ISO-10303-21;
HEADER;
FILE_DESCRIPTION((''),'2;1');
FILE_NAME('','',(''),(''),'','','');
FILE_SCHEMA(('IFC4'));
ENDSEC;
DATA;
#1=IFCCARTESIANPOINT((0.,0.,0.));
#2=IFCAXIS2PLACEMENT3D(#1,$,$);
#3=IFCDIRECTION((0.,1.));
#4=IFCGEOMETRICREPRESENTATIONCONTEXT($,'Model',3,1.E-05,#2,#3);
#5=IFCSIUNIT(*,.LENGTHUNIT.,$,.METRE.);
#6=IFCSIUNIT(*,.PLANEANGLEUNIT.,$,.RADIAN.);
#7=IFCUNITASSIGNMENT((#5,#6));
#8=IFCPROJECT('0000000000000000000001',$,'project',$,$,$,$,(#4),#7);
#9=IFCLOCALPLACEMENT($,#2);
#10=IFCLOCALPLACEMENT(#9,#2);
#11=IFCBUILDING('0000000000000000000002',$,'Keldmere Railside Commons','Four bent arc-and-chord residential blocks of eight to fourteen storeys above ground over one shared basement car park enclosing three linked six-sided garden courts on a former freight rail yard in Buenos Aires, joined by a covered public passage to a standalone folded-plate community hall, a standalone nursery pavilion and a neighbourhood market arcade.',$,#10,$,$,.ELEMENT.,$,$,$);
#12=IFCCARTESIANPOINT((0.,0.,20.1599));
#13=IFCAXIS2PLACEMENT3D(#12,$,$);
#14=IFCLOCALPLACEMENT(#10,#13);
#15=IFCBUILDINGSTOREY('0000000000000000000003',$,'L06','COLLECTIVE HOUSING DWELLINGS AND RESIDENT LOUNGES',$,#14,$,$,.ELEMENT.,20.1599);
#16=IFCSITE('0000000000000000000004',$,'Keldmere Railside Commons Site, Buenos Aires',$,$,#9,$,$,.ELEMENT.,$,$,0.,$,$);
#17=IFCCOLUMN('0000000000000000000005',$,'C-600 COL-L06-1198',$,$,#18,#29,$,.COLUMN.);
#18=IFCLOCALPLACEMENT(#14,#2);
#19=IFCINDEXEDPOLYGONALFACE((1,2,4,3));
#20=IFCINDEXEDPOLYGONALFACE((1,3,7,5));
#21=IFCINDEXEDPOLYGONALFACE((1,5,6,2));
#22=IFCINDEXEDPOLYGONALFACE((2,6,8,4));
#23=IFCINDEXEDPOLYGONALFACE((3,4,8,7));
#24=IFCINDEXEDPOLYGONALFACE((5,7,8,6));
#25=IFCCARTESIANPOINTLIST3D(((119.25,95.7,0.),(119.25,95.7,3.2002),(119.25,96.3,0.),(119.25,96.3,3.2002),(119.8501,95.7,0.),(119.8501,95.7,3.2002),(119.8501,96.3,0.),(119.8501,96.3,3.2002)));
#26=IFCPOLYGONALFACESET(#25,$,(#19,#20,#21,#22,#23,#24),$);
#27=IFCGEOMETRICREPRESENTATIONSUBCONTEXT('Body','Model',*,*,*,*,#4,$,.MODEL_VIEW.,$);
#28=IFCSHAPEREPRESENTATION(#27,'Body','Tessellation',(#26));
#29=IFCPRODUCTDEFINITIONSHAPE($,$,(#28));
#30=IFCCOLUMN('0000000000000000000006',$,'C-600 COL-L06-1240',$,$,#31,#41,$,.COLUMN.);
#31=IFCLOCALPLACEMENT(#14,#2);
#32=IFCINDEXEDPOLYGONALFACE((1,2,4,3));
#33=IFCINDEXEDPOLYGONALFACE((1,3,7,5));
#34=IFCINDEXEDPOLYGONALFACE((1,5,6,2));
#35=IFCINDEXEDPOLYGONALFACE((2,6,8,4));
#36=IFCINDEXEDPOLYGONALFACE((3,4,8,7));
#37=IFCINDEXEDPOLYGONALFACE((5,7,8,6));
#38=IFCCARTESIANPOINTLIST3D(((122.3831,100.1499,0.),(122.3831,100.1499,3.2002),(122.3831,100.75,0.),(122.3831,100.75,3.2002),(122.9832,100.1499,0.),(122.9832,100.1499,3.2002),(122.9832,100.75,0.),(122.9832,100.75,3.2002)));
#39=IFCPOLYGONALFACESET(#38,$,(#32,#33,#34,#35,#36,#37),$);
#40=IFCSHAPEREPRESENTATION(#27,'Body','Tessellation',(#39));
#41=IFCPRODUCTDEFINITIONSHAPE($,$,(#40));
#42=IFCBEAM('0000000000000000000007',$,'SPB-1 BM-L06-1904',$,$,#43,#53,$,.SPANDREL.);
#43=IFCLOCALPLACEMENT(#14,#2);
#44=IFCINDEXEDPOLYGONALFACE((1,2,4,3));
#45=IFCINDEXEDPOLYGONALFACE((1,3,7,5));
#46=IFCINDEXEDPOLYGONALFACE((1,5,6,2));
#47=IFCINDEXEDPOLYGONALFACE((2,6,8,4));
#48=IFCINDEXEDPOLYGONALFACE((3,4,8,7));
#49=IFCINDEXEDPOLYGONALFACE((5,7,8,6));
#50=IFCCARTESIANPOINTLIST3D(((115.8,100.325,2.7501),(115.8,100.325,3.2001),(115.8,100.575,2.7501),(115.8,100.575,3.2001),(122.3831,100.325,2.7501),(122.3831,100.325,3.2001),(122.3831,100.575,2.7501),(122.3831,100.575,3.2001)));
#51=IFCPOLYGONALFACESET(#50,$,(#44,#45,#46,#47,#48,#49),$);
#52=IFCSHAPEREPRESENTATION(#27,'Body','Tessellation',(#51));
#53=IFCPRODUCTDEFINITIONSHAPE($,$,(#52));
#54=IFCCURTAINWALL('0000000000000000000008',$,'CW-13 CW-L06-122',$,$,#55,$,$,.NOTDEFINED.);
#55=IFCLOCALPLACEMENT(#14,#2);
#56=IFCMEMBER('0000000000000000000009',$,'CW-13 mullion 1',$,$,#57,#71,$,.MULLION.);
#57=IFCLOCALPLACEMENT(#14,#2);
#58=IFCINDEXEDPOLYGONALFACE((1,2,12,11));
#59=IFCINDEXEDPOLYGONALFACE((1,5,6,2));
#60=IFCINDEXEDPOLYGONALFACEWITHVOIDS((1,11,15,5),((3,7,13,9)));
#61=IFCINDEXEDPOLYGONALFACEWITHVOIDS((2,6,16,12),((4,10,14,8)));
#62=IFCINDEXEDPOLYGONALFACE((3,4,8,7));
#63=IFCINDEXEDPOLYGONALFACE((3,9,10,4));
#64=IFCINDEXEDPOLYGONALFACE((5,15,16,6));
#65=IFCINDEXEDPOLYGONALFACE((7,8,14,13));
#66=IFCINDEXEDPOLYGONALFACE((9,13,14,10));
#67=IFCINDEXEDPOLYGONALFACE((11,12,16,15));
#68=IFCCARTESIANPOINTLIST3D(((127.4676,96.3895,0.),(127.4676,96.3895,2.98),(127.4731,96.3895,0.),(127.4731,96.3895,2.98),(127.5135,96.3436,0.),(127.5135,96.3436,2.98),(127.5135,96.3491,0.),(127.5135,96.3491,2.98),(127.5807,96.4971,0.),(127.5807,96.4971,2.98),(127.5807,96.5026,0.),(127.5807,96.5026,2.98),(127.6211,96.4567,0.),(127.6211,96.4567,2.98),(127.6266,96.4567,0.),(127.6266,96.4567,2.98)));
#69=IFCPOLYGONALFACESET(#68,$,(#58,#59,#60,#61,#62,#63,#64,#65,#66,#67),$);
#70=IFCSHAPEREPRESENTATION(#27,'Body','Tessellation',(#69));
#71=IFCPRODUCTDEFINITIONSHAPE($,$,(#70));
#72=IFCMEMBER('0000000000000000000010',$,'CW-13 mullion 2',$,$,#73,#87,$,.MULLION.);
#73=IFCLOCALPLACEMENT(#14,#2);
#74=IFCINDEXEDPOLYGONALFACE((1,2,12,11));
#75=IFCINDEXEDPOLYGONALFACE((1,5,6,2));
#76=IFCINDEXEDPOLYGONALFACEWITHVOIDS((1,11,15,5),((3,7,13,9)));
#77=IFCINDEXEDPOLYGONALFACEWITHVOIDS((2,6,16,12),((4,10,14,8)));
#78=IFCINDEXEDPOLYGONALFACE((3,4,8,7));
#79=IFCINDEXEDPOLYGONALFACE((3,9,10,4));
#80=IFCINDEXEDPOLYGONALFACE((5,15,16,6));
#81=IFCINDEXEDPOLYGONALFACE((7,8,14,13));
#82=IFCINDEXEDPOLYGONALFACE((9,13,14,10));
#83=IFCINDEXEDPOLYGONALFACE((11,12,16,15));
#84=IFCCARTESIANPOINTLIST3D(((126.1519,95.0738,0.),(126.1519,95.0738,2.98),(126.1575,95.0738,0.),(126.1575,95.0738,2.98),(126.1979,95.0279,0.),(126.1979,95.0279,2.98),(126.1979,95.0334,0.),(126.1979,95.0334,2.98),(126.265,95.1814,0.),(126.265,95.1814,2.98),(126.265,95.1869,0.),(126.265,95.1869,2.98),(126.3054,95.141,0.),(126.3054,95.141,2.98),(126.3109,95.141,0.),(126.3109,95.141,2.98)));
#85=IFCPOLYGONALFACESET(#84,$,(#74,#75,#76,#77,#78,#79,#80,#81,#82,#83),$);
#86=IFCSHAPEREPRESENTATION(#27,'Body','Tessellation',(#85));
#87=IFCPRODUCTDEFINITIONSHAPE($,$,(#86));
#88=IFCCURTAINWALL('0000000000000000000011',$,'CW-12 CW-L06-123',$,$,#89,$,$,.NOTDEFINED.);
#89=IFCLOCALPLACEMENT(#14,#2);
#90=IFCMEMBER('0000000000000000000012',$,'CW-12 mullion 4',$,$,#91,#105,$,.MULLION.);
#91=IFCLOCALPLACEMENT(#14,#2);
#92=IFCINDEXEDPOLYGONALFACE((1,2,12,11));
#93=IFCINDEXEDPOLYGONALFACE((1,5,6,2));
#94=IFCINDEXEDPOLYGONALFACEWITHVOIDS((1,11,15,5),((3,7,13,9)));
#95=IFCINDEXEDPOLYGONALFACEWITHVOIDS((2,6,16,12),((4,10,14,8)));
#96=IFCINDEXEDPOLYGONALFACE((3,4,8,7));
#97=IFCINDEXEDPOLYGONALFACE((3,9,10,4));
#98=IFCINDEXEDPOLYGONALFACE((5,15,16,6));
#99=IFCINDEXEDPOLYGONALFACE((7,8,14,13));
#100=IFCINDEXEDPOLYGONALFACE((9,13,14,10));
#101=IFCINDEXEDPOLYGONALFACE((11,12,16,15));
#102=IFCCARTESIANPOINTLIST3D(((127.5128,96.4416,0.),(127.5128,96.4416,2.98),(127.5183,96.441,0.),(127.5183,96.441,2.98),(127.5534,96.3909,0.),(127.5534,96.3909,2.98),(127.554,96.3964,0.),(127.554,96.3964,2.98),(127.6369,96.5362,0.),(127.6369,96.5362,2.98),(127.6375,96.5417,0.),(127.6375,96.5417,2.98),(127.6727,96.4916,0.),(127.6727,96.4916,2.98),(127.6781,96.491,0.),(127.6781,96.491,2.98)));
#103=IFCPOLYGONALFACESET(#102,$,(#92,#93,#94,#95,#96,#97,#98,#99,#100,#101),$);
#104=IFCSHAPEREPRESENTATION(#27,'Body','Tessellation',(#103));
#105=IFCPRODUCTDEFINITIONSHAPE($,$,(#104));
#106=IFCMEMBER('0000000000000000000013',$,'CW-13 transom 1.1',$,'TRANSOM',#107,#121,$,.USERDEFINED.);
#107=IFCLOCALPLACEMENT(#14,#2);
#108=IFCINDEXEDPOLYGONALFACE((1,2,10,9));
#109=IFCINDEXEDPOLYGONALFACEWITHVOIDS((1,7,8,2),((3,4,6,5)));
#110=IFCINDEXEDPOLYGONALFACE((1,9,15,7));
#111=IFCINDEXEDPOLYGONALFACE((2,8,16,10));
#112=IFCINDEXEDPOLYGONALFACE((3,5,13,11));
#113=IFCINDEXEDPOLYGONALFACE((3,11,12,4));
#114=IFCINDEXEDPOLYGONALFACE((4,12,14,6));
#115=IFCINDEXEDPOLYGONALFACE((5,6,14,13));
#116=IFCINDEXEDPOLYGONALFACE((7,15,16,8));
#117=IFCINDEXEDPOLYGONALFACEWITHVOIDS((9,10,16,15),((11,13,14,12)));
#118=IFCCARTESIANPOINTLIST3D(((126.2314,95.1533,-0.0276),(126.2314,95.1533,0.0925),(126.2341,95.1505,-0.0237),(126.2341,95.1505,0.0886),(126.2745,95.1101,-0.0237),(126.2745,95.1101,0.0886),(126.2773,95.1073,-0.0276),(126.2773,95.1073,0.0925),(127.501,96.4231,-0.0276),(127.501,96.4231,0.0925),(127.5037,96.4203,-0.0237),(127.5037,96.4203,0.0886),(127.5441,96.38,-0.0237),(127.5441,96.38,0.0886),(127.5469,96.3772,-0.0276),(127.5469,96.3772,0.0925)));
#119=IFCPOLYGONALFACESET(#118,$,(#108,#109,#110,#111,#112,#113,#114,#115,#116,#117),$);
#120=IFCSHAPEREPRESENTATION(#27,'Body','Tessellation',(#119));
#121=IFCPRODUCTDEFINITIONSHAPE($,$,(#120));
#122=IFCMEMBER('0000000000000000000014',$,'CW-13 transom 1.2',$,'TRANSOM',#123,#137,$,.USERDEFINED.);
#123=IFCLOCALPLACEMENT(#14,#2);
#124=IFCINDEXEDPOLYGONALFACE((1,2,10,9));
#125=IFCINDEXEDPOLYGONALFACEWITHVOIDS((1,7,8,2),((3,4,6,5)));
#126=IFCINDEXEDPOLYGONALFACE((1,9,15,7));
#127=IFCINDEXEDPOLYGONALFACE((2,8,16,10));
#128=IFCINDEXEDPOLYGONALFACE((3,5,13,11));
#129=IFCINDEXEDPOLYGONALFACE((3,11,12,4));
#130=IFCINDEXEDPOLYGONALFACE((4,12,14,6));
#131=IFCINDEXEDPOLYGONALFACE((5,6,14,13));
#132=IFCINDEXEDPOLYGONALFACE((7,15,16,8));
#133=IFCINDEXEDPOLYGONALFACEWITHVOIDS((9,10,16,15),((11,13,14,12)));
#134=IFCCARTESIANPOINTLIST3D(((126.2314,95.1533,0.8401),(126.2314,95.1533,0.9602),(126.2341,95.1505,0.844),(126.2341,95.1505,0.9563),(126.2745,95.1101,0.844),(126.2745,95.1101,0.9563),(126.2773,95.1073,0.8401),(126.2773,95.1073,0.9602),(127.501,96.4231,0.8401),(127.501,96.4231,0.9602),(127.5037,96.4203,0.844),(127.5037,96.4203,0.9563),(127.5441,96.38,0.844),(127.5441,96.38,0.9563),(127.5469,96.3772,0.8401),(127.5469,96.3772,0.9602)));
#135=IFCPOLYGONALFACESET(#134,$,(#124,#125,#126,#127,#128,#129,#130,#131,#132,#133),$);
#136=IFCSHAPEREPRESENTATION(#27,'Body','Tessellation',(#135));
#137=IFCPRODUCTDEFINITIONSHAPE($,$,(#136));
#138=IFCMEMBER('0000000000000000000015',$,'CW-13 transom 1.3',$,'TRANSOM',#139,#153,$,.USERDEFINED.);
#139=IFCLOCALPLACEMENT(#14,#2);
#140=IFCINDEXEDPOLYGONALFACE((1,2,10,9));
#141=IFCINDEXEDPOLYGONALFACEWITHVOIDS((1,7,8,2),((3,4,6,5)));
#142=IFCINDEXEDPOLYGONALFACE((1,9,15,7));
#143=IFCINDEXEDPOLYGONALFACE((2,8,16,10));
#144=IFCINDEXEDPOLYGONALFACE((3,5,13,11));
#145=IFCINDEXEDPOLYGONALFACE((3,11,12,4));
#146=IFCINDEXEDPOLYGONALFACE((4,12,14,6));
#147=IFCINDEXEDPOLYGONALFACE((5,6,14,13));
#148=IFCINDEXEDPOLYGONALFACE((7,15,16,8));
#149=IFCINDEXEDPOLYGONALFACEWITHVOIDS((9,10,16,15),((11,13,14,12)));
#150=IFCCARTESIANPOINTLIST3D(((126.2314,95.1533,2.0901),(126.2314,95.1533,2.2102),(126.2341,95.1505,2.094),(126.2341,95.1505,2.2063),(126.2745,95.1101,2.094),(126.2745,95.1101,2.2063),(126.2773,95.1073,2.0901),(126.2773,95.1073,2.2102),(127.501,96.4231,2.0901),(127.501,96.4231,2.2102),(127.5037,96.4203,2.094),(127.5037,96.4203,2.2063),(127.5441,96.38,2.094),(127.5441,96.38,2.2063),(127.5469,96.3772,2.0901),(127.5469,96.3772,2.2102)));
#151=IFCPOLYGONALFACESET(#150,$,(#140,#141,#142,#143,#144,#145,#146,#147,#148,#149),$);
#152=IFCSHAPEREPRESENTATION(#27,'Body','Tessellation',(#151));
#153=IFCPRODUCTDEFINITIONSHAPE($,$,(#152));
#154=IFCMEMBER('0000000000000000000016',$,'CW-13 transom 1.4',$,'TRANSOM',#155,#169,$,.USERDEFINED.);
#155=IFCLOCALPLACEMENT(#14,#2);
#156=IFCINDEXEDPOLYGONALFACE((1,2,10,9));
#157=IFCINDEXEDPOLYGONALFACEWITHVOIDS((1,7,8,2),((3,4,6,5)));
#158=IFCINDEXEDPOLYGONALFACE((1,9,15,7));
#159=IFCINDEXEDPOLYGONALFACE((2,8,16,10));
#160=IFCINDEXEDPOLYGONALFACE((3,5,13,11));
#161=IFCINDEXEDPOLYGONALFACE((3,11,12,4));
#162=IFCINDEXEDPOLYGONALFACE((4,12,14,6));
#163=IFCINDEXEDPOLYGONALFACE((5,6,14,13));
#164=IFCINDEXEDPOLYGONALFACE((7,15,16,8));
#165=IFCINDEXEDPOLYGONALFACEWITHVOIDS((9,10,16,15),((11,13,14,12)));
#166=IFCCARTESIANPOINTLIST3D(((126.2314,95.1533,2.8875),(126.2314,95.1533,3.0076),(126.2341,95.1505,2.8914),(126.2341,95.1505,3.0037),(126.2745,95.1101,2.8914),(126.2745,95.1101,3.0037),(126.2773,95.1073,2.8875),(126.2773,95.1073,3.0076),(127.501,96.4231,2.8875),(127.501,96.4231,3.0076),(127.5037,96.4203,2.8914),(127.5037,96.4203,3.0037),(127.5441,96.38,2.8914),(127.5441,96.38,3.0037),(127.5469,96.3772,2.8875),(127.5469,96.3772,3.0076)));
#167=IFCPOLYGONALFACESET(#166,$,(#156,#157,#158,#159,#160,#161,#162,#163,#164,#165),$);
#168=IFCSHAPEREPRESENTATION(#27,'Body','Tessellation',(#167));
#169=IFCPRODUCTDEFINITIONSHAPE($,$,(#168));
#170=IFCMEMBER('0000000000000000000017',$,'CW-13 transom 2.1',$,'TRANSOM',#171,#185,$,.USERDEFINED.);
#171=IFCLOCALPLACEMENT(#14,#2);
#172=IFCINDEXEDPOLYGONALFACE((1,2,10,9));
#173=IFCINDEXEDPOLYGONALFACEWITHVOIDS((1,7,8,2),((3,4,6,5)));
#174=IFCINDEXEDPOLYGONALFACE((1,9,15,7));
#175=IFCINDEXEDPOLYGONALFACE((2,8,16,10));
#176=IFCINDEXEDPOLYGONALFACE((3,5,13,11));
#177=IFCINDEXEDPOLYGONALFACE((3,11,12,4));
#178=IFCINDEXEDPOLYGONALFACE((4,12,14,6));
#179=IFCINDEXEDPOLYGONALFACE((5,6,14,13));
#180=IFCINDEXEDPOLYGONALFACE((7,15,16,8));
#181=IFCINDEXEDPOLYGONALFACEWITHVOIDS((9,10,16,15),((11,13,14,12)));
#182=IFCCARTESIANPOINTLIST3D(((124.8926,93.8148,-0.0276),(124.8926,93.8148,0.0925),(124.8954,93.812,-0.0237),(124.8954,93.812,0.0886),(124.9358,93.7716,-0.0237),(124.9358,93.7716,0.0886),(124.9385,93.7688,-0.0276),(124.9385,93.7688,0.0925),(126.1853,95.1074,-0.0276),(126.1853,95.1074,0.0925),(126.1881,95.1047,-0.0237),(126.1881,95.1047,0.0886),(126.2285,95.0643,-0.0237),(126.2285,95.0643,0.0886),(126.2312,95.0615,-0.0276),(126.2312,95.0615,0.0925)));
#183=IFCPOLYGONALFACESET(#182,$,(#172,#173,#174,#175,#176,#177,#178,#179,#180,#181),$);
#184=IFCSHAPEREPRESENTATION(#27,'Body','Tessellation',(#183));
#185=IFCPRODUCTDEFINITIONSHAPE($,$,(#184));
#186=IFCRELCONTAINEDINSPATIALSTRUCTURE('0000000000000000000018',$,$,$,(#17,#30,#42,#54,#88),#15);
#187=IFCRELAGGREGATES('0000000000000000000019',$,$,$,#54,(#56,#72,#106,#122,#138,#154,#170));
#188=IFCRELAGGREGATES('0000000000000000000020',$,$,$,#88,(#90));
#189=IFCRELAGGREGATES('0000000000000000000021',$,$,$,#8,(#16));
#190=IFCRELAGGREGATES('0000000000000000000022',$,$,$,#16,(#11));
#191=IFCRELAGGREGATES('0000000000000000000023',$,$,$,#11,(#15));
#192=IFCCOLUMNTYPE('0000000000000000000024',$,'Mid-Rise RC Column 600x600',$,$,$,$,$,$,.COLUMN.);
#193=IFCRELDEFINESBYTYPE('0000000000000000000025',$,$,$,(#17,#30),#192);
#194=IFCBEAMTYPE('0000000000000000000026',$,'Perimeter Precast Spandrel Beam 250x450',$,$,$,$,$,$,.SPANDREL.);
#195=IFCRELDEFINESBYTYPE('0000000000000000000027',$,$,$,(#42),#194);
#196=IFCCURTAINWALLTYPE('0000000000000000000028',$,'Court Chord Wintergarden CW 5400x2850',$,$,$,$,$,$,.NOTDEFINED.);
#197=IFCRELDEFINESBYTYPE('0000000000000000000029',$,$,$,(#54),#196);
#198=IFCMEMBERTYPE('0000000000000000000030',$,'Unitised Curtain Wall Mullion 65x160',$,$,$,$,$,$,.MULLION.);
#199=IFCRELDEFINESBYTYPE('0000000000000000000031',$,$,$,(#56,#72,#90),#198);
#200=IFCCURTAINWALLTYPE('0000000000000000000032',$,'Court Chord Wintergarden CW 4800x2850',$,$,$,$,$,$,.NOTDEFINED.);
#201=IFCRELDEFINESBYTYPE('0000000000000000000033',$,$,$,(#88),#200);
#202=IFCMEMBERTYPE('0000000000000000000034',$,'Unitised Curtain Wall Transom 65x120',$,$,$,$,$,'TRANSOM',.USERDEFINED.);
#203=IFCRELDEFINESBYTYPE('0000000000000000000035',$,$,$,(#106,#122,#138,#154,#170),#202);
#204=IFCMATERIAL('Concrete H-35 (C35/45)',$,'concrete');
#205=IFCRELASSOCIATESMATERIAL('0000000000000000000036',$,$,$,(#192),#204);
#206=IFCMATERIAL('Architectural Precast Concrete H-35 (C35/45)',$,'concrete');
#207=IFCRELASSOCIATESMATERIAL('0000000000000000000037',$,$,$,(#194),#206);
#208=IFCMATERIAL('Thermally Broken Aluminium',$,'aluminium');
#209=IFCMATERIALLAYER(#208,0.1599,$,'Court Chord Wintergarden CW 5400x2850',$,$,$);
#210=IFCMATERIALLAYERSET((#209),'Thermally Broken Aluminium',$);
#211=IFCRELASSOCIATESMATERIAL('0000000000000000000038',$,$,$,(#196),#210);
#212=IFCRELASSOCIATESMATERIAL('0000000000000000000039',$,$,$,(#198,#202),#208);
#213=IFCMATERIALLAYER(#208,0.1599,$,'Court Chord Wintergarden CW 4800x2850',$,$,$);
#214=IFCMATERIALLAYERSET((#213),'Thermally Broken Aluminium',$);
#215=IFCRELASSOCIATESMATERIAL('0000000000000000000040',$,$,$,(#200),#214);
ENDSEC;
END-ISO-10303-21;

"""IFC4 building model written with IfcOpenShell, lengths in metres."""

from ifc_helpers import new_model, si_unit, direction, frame, origin, origin_2d, place, context, subcontext, project, spatial, rectangle, hollow_rectangle, extrude, material, layer, layer_set, material_profile, profile_set, type_object, element, aggregate, save


model = new_model("IFC4")

# Units and contexts
model_context = context("Model", 3, precision=1e-05, world=origin(), true_north=direction((0.0, 1.0)))
body_context = subcontext(model_context, "Body", "Model", "MODEL_VIEW")
ifc_project = project(units=[si_unit("LENGTHUNIT", "METRE"), si_unit("PLANEANGLEUNIT", "RADIAN")], contexts=[model_context])

# Site, building, storey
site_placement = place(None, origin())
site = spatial("IfcSite", under=ifc_project, at=site_placement, Name="Keldmere Railside Commons Site, Buenos Aires", CompositionType="ELEMENT", RefElevation=0.0)
building_placement = place(site_placement, origin())
building = spatial("IfcBuilding", under=site, at=building_placement, Name="Keldmere Railside Commons", Description="Four bent arc-and-chord residential blocks of eight to fourteen storeys above ground over one shared basement car park enclosing three linked six-sided garden courts on a former freight rail yard in Buenos Aires, joined by a covered public passage to a standalone folded-plate community hall, a standalone nursery pavilion and a neighbourhood market arcade.", CompositionType="ELEMENT")
storey_placement = place(building_placement, frame((0.0, 0.0, 20.1599)))
storey = spatial("IfcBuildingStorey", under=building, at=storey_placement, Name="L06", Description="COLLECTIVE HOUSING DWELLINGS AND RESIDENT LOUNGES", CompositionType="ELEMENT", Elevation=20.1599)

# Columns
ifc_material_1 = material(Name="Concrete H-35 (C35/45)", Category="concrete")
ifc_material_profile_1 = material_profile(ifc_material_1, rectangle(XDim=0.6001, YDim=0.6001, at=origin_2d()), Name="RC-600x600")
ifc_profile_set_1 = profile_set([ifc_material_profile_1], Name="Concrete H-35 (C35/45)")
column_type = type_object("IfcColumnType", Name="Mid-Rise RC Column 600x600", PredefinedType="COLUMN", material=ifc_profile_set_1)
for number, where, z_axis, x_axis, name in (
    (1, (119.55, 96.0, 0.0), (0.0, 0.0, 1.0), (1.0, 0.0, 0.0), "C-600 COL-L06-1198"),
    (2, (122.6831, 100.45, 0.0), (0.0, 0.0, 1.0), (1.0, 0.0, 0.0), "C-600 COL-L06-1240"),
):
    element("IfcColumn", number, at=place(storey_placement, frame(where, z_axis=z_axis, x_axis=x_axis)), inside=storey, type_object=column_type, Name=name, PredefinedType="COLUMN", context=body_context, shape_type="SweptSolid", body=[
        extrude(rectangle(XDim=0.6001, YDim=0.6001, at=origin_2d()), origin(), (0.0, 0.0, 1.0), 3.2002),
    ])

# Beam
ifc_material_2 = material(Name="Architectural Precast Concrete H-35 (C35/45)", Category="concrete")
ifc_material_profile_2 = material_profile(ifc_material_2, rectangle(XDim=0.25, YDim=0.45, at=origin_2d()), Name="RC-250x450")
ifc_profile_set_2 = profile_set([ifc_material_profile_2], Name="Architectural Precast Concrete H-35 (C35/45)")
beam_type = type_object("IfcBeamType", Name="Perimeter Precast Spandrel Beam 250x450", PredefinedType="SPANDREL", material=ifc_profile_set_2)
beam_placement = place(storey_placement, frame((115.8, 100.45, 2.9751), z_axis=(1.0, 0.0, 0.0), x_axis=(0.0, 1.0, 0.0)))
element("IfcBeam", 3, at=beam_placement, inside=storey, type_object=beam_type, Name="SPB-1 BM-L06-1904", PredefinedType="SPANDREL", context=body_context, shape_type="SweptSolid", body=[
    extrude(rectangle(XDim=0.25, YDim=0.45, at=origin_2d()), origin(), (0.0, 0.0, 1.0), 6.583),
])

# Curtain wall, members
ifc_material_3 = material(Name="Thermally Broken Aluminium", Category="aluminium")
ifc_layer_1 = layer(ifc_material_3, 0.1599, Name="Court Chord Wintergarden CW 5400x2850")
ifc_layer_set_1 = layer_set([ifc_layer_1], Name="Thermally Broken Aluminium")
curtain_wall_type_1 = type_object("IfcCurtainWallType", Name="Court Chord Wintergarden CW 5400x2850", PredefinedType="NOTDEFINED", material=ifc_layer_set_1)
curtain_wall_1_placement = place(storey_placement, origin())
curtain_wall_1 = element("IfcCurtainWall", 4, at=curtain_wall_1_placement, inside=storey, type_object=curtain_wall_type_1, Name="CW-13 CW-L06-122", PredefinedType="NOTDEFINED")
ifc_material_profile_3 = material_profile(ifc_material_3, hollow_rectangle(XDim=0.0649, YDim=0.1599, WallThickness=0.0039, at=origin_2d()), Name="ALU-MULL-65x160")
ifc_profile_set_3 = profile_set([ifc_material_profile_3], Name="Thermally Broken Aluminium")
member_type_1 = type_object("IfcMemberType", Name="Unitised Curtain Wall Mullion 65x160", PredefinedType="MULLION", material=ifc_profile_set_3)
member_1_placement = place(storey_placement, frame((127.5471, 96.4231, 0.0), z_axis=(0.0, 0.0, 1.0), x_axis=(0.707107, -0.707107, 0.0)))
member_1 = element("IfcMember", 5, at=member_1_placement, type_object=member_type_1, Name="CW-13 mullion 1", PredefinedType="MULLION", context=body_context, shape_type="SweptSolid", body=[
    extrude(hollow_rectangle(XDim=0.0649, YDim=0.1599, WallThickness=0.0039, at=origin_2d()), origin(), (0.0, 0.0, 1.0), 2.98),
])
member_2_placement = place(storey_placement, frame((126.2314, 95.1074, 0.0), z_axis=(0.0, 0.0, 1.0), x_axis=(0.707107, -0.707107, 0.0)))
member_2 = element("IfcMember", 6, at=member_2_placement, type_object=member_type_1, Name="CW-13 mullion 2", PredefinedType="MULLION", context=body_context, shape_type="SweptSolid", body=[
    extrude(hollow_rectangle(XDim=0.0649, YDim=0.1599, WallThickness=0.0039, at=origin_2d()), origin(), (0.0, 0.0, 1.0), 2.98),
])

# Curtain wall, member
ifc_layer_2 = layer(ifc_material_3, 0.1599, Name="Court Chord Wintergarden CW 4800x2850")
ifc_layer_set_2 = layer_set([ifc_layer_2], Name="Thermally Broken Aluminium")
curtain_wall_type_2 = type_object("IfcCurtainWallType", Name="Court Chord Wintergarden CW 4800x2850", PredefinedType="NOTDEFINED", material=ifc_layer_set_2)
curtain_wall_2_placement = place(storey_placement, origin())
curtain_wall_2 = element("IfcCurtainWall", 7, at=curtain_wall_2_placement, inside=storey, type_object=curtain_wall_type_2, Name="CW-12 CW-L06-123", PredefinedType="NOTDEFINED")
member_3_placement = place(storey_placement, frame((127.5955, 96.4663, 0.0), z_axis=(0.0, 0.0, 1.0), x_axis=(0.625768, -0.780009, 0.0)))
member_3 = element("IfcMember", 8, at=member_3_placement, type_object=member_type_1, Name="CW-12 mullion 4", PredefinedType="MULLION", context=body_context, shape_type="SweptSolid", body=[
    extrude(hollow_rectangle(XDim=0.0649, YDim=0.1599, WallThickness=0.0039, at=origin_2d()), origin(), (0.0, 0.0, 1.0), 2.98),
])

# Members
ifc_material_profile_4 = material_profile(ifc_material_3, hollow_rectangle(XDim=0.0649, YDim=0.1201, WallThickness=0.0039, at=origin_2d()), Name="ALU-TRAN-65x120")
ifc_profile_set_4 = profile_set([ifc_material_profile_4], Name="Thermally Broken Aluminium")
member_type_2 = type_object("IfcMemberType", Name="Unitised Curtain Wall Transom 65x120", ElementType="TRANSOM", PredefinedType="USERDEFINED", material=ifc_profile_set_4)
member_4_placement = place(storey_placement, frame((127.5239, 96.4001, 0.0325), z_axis=(-0.707039, -0.707175, 0.0), x_axis=(0.707175, -0.707039, 0.0)))
member_4 = element("IfcMember", 9, at=member_4_placement, type_object=member_type_2, Name="CW-13 transom 1.1", ObjectType="TRANSOM", PredefinedType="USERDEFINED", context=body_context, shape_type="SweptSolid", body=[
    extrude(hollow_rectangle(XDim=0.0649, YDim=0.1201, WallThickness=0.0039, at=origin_2d()), origin(), (0.0, 0.0, 1.0), 1.7957),
])
member_5_placement = place(storey_placement, frame((127.5239, 96.4001, 0.9001), z_axis=(-0.707039, -0.707175, 0.0), x_axis=(0.707175, -0.707039, 0.0)))
member_5 = element("IfcMember", 10, at=member_5_placement, type_object=member_type_2, Name="CW-13 transom 1.2", ObjectType="TRANSOM", PredefinedType="USERDEFINED", context=body_context, shape_type="SweptSolid", body=[
    extrude(hollow_rectangle(XDim=0.0649, YDim=0.1201, WallThickness=0.0039, at=origin_2d()), origin(), (0.0, 0.0, 1.0), 1.7957),
])
member_6_placement = place(storey_placement, frame((127.5239, 96.4001, 2.1501), z_axis=(-0.707039, -0.707175, 0.0), x_axis=(0.707175, -0.707039, 0.0)))
member_6 = element("IfcMember", 11, at=member_6_placement, type_object=member_type_2, Name="CW-13 transom 1.3", ObjectType="TRANSOM", PredefinedType="USERDEFINED", context=body_context, shape_type="SweptSolid", body=[
    extrude(hollow_rectangle(XDim=0.0649, YDim=0.1201, WallThickness=0.0039, at=origin_2d()), origin(), (0.0, 0.0, 1.0), 1.7957),
])
member_7_placement = place(storey_placement, frame((127.5239, 96.4001, 2.9475), z_axis=(-0.707039, -0.707175, 0.0), x_axis=(0.707175, -0.707039, 0.0)))
member_7 = element("IfcMember", 12, at=member_7_placement, type_object=member_type_2, Name="CW-13 transom 1.4", ObjectType="TRANSOM", PredefinedType="USERDEFINED", context=body_context, shape_type="SweptSolid", body=[
    extrude(hollow_rectangle(XDim=0.0649, YDim=0.1201, WallThickness=0.0039, at=origin_2d()), origin(), (0.0, 0.0, 1.0), 1.7957),
])
member_8_placement = place(storey_placement, frame((126.2083, 95.0845, 0.0325), z_axis=(-0.707107, -0.707107, 0.0), x_axis=(0.707107, -0.707107, 0.0)))
member_8 = element("IfcMember", 13, at=member_8_placement, type_object=member_type_2, Name="CW-13 transom 2.1", ObjectType="TRANSOM", PredefinedType="USERDEFINED", context=body_context, shape_type="SweptSolid", body=[
    extrude(hollow_rectangle(XDim=0.0649, YDim=0.1201, WallThickness=0.0039, at=origin_2d()), origin(), (0.0, 0.0, 1.0), 1.8281),
])

aggregate(curtain_wall_1, [member_1, member_2, member_4, member_5, member_6, member_7, member_8])
aggregate(curtain_wall_2, [member_3])

save(model, "model.ifc")
